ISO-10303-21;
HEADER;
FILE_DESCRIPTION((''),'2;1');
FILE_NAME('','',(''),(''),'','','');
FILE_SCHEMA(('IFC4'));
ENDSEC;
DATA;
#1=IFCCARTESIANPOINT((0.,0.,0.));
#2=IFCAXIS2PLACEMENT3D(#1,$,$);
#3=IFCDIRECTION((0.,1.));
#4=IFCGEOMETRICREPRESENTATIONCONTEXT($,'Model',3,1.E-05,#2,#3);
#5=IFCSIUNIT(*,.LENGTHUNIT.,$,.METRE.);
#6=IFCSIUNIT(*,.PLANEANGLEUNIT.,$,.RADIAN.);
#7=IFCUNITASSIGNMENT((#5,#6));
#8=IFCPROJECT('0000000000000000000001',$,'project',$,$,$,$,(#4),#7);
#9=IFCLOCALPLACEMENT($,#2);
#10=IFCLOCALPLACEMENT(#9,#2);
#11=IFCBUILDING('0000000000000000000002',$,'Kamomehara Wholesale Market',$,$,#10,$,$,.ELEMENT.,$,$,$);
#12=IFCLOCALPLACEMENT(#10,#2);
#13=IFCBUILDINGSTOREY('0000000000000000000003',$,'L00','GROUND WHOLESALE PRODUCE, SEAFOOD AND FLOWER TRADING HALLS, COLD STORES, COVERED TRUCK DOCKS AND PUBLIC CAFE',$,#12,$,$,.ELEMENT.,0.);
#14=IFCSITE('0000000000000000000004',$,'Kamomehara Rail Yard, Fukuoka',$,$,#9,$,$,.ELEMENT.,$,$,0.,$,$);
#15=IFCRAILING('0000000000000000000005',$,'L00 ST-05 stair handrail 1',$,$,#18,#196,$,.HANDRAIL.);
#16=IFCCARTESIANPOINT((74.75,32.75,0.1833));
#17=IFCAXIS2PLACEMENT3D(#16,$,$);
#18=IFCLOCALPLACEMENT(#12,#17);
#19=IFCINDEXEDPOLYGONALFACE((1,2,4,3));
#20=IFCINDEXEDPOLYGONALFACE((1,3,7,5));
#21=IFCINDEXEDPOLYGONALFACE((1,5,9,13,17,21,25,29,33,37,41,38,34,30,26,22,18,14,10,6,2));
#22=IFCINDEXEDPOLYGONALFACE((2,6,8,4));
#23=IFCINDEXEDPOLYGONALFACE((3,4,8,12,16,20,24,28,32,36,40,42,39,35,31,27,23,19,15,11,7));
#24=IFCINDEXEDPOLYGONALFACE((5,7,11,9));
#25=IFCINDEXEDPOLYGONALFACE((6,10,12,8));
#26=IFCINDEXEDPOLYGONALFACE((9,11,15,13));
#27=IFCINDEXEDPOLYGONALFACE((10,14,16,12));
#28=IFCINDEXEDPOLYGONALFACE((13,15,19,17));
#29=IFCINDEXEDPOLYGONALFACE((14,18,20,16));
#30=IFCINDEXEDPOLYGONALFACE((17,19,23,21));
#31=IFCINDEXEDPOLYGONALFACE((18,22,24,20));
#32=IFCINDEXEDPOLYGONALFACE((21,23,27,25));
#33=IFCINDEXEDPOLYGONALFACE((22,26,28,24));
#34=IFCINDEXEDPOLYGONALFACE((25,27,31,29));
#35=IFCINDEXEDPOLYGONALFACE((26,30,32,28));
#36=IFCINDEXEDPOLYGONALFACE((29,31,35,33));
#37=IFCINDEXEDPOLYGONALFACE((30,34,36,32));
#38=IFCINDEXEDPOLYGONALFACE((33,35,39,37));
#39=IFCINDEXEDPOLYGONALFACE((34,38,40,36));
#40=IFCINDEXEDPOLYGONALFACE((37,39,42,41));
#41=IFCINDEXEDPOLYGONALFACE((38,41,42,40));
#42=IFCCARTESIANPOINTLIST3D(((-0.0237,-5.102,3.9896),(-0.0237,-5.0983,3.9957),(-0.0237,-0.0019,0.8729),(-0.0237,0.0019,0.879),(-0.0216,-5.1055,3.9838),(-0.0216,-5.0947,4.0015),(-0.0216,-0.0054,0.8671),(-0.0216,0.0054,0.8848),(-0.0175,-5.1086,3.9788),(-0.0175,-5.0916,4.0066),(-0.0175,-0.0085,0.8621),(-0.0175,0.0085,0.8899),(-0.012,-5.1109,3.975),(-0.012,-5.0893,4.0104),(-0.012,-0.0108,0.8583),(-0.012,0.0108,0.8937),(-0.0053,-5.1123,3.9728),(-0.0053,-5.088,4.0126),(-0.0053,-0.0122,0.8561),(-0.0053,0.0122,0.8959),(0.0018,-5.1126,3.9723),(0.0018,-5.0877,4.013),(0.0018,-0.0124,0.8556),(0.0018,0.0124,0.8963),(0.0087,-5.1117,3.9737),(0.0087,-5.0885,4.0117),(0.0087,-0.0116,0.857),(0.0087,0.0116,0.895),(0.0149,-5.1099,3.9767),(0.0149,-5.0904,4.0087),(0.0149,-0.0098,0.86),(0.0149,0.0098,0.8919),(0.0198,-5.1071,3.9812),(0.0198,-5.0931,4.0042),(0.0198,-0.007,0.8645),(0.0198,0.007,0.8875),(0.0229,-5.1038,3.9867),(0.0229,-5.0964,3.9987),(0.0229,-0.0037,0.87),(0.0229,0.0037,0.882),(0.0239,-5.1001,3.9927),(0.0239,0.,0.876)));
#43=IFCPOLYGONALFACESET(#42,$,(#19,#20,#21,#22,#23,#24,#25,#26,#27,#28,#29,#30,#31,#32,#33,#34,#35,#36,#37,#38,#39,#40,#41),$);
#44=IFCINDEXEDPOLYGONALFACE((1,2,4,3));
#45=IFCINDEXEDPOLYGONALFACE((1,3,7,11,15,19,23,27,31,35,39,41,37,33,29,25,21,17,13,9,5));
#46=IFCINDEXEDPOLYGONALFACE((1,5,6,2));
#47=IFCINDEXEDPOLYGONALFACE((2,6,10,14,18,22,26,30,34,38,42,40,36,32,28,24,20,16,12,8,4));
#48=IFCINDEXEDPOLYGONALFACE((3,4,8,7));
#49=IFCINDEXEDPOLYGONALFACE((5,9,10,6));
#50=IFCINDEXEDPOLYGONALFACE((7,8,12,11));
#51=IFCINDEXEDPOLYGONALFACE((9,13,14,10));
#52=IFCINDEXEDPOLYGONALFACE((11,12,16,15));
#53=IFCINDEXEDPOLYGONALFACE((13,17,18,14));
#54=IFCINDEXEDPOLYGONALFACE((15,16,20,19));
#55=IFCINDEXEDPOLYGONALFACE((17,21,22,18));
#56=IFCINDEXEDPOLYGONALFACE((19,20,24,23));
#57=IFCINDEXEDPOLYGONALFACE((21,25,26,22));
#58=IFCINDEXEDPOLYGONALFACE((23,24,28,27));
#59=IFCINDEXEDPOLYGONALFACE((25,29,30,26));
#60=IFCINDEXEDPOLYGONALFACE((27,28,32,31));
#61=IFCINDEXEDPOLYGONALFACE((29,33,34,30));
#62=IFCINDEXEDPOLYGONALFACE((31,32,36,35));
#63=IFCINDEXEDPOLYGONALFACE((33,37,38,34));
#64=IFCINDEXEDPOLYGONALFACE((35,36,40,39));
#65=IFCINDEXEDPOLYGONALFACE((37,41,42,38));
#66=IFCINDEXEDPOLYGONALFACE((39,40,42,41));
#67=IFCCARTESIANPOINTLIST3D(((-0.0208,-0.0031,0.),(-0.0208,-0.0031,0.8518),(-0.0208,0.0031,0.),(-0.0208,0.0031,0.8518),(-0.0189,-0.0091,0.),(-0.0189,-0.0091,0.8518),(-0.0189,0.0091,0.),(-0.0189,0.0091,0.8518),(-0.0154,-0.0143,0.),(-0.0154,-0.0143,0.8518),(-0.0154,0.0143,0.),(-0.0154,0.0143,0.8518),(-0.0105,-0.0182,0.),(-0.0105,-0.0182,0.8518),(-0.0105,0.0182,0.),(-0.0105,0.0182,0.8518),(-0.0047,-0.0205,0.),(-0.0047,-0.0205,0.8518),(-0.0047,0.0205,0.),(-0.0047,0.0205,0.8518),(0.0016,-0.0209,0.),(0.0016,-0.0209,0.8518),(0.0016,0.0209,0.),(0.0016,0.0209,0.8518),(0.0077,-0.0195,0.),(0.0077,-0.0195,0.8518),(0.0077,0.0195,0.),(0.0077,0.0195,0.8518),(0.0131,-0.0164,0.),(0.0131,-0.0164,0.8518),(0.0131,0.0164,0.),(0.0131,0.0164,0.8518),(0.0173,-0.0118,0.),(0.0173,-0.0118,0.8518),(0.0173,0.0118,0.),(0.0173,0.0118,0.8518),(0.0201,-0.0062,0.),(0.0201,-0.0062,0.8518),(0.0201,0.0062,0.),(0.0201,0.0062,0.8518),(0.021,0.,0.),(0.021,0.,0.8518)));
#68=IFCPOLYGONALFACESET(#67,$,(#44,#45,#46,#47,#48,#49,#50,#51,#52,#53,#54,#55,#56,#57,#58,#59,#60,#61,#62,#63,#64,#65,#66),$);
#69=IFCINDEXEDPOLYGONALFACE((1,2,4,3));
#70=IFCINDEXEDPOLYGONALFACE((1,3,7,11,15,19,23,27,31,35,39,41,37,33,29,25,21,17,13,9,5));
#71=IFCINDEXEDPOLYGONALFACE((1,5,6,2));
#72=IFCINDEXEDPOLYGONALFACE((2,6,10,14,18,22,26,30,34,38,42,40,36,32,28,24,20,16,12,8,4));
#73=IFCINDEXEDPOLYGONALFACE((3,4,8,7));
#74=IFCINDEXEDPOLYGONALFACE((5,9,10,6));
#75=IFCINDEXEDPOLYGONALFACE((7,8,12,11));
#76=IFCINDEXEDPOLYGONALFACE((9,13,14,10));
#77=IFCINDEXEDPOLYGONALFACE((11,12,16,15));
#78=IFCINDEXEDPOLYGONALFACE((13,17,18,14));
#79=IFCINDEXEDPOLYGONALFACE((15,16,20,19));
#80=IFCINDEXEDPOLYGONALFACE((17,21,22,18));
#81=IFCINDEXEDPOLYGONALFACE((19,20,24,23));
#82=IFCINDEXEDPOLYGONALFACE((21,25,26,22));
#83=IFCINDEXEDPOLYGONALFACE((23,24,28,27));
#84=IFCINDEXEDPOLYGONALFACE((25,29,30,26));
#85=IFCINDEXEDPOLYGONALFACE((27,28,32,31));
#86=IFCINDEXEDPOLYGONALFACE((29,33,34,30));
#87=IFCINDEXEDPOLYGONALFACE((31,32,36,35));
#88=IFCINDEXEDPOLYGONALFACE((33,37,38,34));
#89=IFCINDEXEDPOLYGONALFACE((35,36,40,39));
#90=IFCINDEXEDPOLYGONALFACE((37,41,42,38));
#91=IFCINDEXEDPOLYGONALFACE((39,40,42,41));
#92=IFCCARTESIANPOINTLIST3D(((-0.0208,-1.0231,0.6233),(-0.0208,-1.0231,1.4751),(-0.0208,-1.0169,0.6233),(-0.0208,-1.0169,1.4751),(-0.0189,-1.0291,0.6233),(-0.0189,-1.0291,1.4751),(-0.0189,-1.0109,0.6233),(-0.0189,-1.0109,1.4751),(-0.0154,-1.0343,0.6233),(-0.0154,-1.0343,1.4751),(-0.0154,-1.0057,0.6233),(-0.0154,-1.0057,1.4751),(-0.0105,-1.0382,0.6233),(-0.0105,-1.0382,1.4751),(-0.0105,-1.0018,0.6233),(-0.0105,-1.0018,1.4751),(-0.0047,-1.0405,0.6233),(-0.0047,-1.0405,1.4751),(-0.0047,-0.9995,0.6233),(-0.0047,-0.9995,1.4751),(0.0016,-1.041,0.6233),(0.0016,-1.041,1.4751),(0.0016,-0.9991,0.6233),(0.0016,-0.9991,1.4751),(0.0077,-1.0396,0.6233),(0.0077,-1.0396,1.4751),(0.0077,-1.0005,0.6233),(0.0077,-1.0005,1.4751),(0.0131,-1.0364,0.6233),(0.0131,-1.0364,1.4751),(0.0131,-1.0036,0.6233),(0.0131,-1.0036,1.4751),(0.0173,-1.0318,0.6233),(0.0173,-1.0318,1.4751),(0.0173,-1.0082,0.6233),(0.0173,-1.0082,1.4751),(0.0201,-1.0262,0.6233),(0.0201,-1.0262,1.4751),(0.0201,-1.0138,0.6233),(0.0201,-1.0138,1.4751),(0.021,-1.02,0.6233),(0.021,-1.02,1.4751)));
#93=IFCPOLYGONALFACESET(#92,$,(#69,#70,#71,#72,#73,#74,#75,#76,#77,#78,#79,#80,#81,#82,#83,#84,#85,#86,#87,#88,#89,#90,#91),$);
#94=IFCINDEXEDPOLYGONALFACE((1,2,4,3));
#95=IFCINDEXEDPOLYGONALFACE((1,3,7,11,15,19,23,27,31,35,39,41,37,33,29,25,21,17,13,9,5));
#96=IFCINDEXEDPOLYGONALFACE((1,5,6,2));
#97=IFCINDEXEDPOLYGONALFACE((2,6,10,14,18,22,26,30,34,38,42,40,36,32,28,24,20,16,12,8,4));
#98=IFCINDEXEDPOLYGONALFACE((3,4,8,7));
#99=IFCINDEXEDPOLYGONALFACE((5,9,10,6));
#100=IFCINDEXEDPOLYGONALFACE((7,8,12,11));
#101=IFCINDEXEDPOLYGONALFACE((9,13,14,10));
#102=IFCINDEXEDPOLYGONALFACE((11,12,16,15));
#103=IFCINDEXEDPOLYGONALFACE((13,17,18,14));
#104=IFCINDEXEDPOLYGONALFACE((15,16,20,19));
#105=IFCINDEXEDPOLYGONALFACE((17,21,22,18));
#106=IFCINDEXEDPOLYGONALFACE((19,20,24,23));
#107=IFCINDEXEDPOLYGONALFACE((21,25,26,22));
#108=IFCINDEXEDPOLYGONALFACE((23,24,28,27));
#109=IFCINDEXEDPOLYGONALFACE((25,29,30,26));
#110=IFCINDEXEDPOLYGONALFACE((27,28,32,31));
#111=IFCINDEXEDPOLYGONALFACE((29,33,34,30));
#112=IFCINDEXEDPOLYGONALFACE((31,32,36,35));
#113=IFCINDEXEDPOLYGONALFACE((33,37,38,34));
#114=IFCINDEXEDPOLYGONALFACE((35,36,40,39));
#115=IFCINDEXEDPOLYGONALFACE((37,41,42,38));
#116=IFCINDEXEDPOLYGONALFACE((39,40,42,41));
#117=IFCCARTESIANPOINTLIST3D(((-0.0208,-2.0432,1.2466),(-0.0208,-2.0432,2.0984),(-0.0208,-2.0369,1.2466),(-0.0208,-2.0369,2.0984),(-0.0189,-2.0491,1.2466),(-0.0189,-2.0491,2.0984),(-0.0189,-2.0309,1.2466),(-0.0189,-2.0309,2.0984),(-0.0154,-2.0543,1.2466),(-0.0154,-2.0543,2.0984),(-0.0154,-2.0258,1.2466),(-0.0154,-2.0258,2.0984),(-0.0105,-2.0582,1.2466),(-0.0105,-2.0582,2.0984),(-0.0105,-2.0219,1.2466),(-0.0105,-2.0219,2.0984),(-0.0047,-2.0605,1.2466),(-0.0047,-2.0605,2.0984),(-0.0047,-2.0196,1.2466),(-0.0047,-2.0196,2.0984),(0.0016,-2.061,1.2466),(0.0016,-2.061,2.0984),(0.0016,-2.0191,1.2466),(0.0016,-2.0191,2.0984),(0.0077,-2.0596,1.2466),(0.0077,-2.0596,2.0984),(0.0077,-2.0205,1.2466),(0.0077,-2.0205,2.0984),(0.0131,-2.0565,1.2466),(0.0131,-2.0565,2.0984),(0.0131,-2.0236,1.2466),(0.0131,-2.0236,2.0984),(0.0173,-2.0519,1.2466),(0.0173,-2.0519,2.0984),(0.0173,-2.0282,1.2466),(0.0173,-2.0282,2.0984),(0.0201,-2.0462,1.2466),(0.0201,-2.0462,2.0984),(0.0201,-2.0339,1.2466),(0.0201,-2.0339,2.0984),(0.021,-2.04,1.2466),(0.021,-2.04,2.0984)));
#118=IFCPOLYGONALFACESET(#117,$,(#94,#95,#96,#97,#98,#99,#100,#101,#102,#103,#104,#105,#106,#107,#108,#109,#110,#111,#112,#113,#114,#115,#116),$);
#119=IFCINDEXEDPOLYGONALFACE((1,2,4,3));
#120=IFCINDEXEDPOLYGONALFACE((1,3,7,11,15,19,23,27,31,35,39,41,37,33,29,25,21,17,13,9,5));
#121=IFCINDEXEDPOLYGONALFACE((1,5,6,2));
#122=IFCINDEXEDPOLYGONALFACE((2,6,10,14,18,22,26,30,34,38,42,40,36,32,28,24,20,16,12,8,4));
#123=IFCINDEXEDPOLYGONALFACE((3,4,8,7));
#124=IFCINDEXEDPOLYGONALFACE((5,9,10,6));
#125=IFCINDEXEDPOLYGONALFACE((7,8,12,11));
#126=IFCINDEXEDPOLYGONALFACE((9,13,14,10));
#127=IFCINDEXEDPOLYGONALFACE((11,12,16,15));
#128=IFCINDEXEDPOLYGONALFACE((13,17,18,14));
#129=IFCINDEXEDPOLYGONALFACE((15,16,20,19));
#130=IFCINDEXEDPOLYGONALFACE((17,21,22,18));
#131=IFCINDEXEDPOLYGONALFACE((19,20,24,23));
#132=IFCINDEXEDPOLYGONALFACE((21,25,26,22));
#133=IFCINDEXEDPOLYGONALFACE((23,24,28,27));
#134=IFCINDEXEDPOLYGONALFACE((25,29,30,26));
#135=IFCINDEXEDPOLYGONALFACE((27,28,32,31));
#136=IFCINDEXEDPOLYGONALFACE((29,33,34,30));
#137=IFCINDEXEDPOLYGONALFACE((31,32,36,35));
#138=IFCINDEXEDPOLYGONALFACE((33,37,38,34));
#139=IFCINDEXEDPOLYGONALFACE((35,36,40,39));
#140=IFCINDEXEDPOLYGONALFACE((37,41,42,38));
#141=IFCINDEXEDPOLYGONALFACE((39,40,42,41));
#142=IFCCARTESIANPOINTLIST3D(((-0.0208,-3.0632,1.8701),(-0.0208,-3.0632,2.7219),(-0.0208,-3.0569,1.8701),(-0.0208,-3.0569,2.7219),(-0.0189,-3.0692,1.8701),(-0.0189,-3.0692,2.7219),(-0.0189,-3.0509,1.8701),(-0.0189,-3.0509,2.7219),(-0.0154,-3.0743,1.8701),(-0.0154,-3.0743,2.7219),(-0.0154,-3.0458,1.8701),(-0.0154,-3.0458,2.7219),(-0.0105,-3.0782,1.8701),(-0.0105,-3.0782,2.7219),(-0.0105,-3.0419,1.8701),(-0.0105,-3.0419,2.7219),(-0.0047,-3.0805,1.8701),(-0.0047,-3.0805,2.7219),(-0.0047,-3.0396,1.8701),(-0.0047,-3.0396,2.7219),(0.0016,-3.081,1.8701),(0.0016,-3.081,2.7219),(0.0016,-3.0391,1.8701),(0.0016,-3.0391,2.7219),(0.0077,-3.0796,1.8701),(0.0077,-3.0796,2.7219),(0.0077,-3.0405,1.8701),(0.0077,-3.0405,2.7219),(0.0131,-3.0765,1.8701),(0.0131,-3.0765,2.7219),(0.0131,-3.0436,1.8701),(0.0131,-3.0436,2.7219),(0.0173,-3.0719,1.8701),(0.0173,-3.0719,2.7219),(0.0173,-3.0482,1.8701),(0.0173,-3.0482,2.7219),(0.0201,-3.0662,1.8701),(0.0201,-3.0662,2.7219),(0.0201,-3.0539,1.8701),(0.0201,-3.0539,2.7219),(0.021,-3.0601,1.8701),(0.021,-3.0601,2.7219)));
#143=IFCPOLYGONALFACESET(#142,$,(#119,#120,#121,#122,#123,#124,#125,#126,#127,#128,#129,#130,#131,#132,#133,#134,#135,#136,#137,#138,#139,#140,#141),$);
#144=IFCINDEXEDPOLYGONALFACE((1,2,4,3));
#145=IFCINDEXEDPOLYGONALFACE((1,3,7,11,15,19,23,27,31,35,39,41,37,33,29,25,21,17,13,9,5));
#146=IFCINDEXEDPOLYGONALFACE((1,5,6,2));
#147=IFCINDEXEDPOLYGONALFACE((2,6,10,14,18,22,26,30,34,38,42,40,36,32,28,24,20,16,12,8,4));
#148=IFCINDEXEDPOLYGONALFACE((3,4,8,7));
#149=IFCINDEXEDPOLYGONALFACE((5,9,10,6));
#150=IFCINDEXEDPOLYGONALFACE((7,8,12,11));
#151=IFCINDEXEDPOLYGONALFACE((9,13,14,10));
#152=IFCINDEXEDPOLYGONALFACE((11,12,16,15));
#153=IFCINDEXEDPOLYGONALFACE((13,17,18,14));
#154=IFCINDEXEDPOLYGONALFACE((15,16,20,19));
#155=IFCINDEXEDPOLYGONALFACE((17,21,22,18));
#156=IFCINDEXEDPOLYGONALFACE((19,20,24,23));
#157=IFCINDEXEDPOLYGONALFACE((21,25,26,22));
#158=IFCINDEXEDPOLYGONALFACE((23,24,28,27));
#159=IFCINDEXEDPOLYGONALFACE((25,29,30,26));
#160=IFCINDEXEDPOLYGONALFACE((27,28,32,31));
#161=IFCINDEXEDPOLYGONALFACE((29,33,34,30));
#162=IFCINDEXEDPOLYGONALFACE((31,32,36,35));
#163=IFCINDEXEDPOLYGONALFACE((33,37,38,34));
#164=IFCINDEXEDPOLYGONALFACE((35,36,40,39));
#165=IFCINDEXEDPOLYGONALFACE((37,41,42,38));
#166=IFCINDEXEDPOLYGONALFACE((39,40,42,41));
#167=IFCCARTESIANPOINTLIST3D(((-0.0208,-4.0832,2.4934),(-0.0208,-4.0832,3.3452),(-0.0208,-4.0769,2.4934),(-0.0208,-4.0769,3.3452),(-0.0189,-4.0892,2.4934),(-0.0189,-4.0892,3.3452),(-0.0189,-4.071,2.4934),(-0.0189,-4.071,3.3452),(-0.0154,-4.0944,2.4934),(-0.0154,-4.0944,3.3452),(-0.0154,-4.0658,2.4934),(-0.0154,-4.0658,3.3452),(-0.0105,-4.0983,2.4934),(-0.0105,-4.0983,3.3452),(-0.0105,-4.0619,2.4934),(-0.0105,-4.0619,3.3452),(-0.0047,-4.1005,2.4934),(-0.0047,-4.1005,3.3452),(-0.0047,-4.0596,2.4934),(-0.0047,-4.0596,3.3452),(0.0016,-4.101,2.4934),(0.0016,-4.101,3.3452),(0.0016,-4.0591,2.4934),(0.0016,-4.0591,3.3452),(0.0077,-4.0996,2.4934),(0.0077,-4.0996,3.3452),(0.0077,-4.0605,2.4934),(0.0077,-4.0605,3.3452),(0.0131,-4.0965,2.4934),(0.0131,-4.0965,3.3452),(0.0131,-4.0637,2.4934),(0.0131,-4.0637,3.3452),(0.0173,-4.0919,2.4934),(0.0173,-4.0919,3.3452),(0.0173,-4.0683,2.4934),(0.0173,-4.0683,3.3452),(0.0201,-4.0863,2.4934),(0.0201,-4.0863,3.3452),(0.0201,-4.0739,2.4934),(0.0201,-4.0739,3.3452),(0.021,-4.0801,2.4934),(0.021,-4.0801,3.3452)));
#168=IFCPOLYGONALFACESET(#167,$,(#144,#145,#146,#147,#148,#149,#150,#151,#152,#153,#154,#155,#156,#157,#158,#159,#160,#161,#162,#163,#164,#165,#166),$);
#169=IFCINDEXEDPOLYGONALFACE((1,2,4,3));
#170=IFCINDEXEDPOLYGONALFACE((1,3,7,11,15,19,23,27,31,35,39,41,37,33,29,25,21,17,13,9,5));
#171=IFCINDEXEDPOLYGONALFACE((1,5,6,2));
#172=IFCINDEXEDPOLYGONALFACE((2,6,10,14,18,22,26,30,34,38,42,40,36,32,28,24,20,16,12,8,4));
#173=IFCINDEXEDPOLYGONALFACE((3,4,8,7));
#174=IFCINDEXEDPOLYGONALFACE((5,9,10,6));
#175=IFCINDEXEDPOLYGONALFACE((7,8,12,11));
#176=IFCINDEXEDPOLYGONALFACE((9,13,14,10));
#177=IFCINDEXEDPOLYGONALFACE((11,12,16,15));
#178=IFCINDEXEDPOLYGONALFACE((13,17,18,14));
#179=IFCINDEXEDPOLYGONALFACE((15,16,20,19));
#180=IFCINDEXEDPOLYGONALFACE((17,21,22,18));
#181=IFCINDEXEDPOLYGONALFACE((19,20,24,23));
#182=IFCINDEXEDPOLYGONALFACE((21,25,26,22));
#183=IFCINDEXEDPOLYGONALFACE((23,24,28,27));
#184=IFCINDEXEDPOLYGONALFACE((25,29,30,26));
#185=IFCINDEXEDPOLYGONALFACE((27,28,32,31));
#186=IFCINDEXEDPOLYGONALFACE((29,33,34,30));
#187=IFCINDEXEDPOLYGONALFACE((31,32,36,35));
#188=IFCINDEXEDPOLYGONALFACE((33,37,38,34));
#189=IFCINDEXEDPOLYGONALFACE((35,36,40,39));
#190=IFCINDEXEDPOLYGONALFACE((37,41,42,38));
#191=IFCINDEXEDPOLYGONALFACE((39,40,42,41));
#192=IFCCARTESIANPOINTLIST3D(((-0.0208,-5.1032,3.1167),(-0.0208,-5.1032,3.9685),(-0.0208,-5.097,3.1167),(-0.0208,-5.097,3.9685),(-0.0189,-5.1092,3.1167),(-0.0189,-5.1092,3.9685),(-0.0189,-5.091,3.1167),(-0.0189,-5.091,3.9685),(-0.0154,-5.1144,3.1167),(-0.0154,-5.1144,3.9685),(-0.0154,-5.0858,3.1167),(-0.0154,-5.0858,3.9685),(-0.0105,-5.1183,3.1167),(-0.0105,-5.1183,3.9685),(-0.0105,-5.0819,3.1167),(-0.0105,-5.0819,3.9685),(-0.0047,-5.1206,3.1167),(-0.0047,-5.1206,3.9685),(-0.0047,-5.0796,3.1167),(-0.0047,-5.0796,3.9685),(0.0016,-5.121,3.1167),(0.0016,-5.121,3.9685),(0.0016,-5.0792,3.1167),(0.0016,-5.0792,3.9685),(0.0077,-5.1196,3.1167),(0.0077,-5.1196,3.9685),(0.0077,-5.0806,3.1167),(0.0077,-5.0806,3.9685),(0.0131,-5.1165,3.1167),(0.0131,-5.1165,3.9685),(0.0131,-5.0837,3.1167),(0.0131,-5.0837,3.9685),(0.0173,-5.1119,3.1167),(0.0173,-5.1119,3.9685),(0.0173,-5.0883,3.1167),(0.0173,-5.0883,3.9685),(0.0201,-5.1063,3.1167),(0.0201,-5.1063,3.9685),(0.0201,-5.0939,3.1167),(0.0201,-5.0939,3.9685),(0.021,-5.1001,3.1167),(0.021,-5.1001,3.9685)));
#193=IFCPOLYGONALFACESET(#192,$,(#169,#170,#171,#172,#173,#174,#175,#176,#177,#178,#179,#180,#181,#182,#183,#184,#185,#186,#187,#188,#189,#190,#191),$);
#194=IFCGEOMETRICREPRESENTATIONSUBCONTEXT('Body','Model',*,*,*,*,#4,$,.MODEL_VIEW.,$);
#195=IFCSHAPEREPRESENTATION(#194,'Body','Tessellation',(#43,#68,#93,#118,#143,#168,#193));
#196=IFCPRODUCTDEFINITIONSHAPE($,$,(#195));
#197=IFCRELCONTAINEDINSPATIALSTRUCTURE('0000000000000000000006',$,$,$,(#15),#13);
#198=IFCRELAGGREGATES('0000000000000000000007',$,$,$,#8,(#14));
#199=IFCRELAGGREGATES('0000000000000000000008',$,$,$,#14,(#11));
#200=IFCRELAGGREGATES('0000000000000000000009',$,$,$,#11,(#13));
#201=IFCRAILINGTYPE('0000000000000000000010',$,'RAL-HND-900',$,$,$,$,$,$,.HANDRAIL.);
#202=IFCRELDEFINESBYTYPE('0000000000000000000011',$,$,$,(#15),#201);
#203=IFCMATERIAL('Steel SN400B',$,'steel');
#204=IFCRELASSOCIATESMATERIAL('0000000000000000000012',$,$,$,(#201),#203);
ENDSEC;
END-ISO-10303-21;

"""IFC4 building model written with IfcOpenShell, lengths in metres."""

from ifc_helpers import new_model, si_unit, direction, frame, origin, origin_2d, place, context, subcontext, project, spatial, circle, extrude, material, type_object, element, save


model = new_model("IFC4")

# Units and contexts
model_context = context("Model", 3, precision=1e-05, world=origin(), true_north=direction((0.0, 1.0)))
body_context = subcontext(model_context, "Body", "Model", "MODEL_VIEW")
ifc_project = project(units=[si_unit("LENGTHUNIT", "METRE"), si_unit("PLANEANGLEUNIT", "RADIAN")], contexts=[model_context])

# Site, building, storey
site_placement = place(None, origin())
site = spatial("IfcSite", under=ifc_project, at=site_placement, Name="Kamomehara Rail Yard, Fukuoka", CompositionType="ELEMENT", RefElevation=0.0)
building_placement = place(site_placement, origin())
building = spatial("IfcBuilding", under=site, at=building_placement, Name="Kamomehara Wholesale Market", CompositionType="ELEMENT")
storey_placement = place(building_placement, origin())
storey = spatial("IfcBuildingStorey", under=building, at=storey_placement, Name="L00", Description="GROUND WHOLESALE PRODUCE, SEAFOOD AND FLOWER TRADING HALLS, COLD STORES, COVERED TRUCK DOCKS AND PUBLIC CAFE", CompositionType="ELEMENT", Elevation=0.0)

# Railing
ifc_material_1 = material(Name="Steel SN400B", Category="steel")
railing_type_1 = type_object("IfcRailingType", Name="RAL-HND-900", PredefinedType="HANDRAIL", material=ifc_material_1)
railing_1_placement = place(storey_placement, frame((74.75, 32.75, 0.1833)))
element("IfcRailing", 1, at=railing_1_placement, inside=storey, type_object=railing_type_1, Name="L00 ST-05 stair handrail 1", PredefinedType="HANDRAIL", context=body_context, shape_type="SweptSolid", body=[
    extrude(circle(Radius=0.0239, at=origin_2d()), frame((0.0, 0.0, 0.876), z_axis=(0.0, -0.853284, 0.521447), x_axis=(1.0, 0.0, 0.0)), (0.0, 0.0, 1.0), 5.9771),
    extrude(circle(Radius=0.021, at=origin_2d()), origin(), (0.0, 0.0, 1.0), 0.8518),
    extrude(circle(Radius=0.021, at=origin_2d()), frame((0.0, -1.02, 0.6233)), (0.0, 0.0, 1.0), 0.8518),
    extrude(circle(Radius=0.021, at=origin_2d()), frame((0.0, -2.04, 1.2466)), (0.0, 0.0, 1.0), 0.8518),
    extrude(circle(Radius=0.021, at=origin_2d()), frame((0.0, -3.0601, 1.8701)), (0.0, 0.0, 1.0), 0.8518),
    extrude(circle(Radius=0.021, at=origin_2d()), frame((0.0, -4.0801, 2.4934)), (0.0, 0.0, 1.0), 0.8518),
    extrude(circle(Radius=0.021, at=origin_2d()), frame((0.0, -5.1001, 3.1167)), (0.0, 0.0, 1.0), 0.8518),
])

save(model, "model.ifc")
